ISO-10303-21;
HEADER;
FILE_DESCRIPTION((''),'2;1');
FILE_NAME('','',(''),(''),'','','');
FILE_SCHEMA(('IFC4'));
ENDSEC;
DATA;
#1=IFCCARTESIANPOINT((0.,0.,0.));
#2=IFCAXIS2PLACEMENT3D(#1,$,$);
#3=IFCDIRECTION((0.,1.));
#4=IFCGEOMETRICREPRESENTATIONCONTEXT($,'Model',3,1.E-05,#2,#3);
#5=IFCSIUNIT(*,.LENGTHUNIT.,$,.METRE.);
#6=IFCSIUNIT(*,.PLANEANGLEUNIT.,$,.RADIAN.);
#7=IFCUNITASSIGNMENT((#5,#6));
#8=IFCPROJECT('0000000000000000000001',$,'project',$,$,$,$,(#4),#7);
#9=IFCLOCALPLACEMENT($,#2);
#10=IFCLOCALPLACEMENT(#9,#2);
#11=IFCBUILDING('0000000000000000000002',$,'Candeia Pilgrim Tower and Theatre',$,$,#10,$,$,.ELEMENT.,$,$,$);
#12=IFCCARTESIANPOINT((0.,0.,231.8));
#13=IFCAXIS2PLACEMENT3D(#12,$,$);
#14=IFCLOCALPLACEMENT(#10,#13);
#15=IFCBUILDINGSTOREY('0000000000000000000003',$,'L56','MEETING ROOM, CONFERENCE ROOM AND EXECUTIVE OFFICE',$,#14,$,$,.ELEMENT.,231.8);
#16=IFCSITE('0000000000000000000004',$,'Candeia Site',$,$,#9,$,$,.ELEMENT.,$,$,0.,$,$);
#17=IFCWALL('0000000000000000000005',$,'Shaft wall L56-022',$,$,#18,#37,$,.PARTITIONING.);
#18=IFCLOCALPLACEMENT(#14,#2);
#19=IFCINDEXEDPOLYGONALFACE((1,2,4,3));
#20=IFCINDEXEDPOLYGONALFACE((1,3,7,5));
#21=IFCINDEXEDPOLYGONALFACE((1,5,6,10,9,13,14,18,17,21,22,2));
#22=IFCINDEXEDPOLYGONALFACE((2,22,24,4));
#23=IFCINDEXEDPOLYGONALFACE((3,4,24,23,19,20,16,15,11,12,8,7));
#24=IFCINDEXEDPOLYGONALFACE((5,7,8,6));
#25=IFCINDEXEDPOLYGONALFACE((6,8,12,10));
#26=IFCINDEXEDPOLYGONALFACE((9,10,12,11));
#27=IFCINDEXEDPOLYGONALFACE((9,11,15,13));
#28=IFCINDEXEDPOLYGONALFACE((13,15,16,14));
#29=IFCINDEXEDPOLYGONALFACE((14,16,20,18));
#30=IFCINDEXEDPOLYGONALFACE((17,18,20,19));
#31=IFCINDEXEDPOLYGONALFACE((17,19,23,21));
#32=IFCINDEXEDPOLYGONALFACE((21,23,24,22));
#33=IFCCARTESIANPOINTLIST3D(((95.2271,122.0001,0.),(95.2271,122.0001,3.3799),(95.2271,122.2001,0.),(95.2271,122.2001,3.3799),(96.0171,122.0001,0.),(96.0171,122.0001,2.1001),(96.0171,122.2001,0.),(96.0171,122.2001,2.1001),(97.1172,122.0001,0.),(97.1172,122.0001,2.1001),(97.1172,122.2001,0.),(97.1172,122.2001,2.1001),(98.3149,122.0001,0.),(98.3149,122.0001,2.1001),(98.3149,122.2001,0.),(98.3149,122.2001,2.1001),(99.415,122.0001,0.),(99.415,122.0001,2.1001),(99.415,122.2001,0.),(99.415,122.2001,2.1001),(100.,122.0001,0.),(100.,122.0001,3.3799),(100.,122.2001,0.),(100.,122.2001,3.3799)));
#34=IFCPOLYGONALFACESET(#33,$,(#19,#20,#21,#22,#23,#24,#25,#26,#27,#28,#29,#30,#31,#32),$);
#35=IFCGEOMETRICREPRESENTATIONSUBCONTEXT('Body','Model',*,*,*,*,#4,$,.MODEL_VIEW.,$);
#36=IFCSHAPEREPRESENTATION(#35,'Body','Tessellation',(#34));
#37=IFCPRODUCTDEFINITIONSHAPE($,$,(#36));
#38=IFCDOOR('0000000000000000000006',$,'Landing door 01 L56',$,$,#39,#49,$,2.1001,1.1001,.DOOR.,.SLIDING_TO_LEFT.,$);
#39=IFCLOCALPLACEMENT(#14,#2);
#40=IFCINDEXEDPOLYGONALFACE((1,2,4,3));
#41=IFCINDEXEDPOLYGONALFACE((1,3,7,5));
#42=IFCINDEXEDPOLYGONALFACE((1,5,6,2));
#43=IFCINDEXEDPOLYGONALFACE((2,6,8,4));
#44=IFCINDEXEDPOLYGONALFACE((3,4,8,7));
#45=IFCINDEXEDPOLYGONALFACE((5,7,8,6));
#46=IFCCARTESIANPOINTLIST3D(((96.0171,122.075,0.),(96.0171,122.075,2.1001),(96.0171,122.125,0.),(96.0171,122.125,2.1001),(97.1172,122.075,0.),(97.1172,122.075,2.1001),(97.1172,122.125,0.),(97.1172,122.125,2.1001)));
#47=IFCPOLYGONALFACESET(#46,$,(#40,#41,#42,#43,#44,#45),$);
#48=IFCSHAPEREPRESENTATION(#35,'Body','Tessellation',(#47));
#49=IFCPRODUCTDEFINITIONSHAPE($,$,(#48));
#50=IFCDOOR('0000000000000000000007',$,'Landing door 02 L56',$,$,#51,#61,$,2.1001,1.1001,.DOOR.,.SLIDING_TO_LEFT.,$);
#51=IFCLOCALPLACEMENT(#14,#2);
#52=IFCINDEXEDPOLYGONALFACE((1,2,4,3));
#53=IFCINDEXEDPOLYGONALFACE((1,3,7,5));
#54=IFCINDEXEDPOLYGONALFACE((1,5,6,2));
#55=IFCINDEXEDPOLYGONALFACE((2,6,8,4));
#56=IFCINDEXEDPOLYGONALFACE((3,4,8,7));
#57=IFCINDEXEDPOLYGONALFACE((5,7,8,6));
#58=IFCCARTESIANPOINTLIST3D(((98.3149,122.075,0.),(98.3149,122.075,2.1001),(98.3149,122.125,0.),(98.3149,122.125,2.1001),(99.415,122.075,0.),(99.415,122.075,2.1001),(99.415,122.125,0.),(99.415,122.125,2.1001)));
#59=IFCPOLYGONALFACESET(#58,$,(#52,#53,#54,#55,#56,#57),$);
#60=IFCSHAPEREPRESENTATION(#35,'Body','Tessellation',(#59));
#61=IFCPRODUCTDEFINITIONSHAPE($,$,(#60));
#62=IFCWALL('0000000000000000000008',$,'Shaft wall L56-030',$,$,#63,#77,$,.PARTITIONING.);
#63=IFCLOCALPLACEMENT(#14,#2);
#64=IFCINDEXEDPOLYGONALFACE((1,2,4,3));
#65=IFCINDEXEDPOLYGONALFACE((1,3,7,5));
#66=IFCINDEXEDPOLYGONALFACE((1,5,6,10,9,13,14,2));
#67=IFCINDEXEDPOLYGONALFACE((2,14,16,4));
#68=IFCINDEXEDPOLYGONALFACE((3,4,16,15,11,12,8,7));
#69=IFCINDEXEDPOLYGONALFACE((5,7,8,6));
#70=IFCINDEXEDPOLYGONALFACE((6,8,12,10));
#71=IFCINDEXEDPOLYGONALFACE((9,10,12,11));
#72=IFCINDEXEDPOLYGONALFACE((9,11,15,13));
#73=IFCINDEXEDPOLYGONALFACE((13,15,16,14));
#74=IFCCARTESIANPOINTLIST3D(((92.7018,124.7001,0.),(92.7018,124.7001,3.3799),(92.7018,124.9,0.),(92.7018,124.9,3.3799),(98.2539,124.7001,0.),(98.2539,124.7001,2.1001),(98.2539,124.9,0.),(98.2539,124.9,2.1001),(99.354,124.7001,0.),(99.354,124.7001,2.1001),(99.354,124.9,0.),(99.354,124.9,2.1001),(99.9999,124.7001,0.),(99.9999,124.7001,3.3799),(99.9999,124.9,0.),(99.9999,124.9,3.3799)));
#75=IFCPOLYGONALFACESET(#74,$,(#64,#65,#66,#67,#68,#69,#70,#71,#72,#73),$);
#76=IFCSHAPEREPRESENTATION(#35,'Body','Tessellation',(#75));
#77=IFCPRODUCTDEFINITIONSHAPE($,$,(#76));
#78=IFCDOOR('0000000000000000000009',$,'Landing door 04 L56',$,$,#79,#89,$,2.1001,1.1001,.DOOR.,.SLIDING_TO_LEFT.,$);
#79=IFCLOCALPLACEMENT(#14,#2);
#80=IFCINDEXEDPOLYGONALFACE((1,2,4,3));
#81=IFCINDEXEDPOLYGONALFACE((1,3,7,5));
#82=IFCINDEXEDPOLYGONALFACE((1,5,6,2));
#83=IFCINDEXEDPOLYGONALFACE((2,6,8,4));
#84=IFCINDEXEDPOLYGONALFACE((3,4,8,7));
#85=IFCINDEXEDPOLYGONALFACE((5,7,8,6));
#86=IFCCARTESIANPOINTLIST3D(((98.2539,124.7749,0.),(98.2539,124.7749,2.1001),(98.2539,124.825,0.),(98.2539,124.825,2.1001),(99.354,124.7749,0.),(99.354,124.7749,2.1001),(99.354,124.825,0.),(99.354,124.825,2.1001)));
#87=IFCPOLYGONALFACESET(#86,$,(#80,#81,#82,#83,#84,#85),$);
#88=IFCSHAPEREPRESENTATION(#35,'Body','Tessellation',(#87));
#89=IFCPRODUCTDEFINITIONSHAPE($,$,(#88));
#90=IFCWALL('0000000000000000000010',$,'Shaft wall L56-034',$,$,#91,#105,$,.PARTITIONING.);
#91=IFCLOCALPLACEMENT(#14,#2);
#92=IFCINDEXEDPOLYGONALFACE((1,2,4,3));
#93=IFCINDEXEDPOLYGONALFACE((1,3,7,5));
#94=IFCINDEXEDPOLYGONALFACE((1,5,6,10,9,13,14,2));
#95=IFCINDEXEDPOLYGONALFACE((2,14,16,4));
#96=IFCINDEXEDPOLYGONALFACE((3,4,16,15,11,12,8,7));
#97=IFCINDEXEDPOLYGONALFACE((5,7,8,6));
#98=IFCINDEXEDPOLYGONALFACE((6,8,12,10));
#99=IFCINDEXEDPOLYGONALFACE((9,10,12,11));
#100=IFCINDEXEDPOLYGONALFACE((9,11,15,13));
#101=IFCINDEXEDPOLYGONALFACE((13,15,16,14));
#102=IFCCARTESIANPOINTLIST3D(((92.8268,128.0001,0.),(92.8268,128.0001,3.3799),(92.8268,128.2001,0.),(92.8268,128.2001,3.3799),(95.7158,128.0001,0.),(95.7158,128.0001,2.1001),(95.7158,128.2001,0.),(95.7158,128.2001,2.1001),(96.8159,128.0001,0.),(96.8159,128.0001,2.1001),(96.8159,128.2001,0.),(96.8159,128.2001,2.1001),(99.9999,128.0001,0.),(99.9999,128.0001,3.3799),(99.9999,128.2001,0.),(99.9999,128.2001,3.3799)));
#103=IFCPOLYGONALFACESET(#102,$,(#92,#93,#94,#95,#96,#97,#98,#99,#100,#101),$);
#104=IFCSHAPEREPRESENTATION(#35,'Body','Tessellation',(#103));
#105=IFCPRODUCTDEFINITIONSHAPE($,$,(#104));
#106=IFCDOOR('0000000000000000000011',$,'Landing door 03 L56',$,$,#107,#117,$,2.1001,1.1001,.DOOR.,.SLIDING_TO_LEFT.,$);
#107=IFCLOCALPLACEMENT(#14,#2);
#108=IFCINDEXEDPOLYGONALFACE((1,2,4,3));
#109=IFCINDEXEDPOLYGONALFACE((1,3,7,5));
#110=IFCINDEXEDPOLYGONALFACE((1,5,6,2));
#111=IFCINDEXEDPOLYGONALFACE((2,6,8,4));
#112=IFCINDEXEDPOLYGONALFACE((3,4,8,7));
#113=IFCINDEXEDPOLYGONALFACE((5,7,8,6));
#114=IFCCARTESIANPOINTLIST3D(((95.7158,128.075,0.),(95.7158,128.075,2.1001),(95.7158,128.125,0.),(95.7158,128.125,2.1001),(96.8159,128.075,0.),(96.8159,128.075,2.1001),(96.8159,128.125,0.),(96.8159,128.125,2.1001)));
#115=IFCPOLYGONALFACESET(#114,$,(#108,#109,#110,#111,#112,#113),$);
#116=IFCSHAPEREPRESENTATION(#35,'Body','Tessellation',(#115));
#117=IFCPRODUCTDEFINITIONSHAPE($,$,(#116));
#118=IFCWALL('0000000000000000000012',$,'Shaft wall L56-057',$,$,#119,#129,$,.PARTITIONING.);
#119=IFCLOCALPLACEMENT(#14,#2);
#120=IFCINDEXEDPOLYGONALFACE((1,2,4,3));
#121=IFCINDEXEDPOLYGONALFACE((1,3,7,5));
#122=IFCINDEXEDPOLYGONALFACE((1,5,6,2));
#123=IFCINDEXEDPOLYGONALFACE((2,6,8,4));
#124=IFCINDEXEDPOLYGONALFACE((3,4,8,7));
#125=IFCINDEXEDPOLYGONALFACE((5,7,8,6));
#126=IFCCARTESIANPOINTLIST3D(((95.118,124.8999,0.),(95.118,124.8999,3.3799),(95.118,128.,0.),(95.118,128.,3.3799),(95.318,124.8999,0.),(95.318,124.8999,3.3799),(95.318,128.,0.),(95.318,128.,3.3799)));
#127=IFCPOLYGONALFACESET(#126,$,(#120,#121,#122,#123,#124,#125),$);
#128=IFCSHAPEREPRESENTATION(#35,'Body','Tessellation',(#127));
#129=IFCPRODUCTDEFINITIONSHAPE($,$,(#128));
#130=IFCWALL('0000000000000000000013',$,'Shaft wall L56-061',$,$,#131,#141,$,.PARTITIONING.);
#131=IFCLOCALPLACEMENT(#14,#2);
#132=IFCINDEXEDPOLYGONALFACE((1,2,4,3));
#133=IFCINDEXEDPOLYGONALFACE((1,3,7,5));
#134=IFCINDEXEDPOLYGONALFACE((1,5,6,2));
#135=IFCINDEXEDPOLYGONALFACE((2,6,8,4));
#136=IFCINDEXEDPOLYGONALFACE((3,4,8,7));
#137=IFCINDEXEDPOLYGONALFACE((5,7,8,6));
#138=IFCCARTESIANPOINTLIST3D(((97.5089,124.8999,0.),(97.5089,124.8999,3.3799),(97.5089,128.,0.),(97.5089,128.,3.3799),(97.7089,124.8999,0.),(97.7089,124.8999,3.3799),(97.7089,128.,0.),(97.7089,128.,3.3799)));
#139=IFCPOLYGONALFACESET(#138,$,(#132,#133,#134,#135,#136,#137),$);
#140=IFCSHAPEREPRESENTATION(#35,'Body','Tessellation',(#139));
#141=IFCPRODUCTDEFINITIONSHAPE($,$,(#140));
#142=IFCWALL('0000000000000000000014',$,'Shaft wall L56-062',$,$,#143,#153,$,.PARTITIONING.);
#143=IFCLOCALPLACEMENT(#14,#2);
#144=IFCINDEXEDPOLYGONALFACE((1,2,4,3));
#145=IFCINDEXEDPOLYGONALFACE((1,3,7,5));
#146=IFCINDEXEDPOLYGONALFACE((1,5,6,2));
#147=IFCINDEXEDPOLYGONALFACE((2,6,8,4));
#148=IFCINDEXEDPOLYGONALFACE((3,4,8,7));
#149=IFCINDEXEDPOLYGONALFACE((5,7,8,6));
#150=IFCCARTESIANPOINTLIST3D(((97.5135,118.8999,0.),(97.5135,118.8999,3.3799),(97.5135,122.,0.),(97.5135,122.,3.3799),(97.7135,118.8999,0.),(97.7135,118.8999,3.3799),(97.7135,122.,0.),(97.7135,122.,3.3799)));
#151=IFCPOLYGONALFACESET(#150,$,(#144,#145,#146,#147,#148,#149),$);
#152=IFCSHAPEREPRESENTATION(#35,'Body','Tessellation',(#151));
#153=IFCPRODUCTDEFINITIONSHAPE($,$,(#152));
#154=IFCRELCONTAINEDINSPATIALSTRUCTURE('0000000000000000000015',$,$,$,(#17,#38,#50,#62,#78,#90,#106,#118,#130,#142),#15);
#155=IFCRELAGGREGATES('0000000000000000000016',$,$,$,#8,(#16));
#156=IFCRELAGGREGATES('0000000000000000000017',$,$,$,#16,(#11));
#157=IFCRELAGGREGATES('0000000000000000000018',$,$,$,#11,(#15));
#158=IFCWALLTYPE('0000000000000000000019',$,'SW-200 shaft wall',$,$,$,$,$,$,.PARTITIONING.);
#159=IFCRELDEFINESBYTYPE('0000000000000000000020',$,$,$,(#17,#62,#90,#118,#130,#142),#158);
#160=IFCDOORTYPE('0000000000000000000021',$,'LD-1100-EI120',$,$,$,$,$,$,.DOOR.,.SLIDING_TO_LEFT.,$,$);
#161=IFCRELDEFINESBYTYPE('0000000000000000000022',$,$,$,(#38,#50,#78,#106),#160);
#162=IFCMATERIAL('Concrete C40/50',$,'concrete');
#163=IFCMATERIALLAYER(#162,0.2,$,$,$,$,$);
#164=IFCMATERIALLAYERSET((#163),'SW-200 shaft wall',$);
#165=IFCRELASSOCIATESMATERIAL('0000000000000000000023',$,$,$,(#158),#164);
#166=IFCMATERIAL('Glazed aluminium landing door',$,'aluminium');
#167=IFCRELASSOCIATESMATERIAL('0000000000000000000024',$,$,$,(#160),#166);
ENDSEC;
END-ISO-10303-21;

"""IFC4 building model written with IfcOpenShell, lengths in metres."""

from ifc_helpers import new_model, si_unit, direction, frame, frame_2d, origin, place, context, subcontext, project, spatial, rectangle, extrude, material, layer, layer_set, type_object, element, fill, save


model = new_model("IFC4")

# Units and contexts
model_context = context("Model", 3, precision=1e-05, world=origin(), true_north=direction((0.0, 1.0)))
body_context = subcontext(model_context, "Body", "Model", "MODEL_VIEW")
ifc_project = project(units=[si_unit("LENGTHUNIT", "METRE"), si_unit("PLANEANGLEUNIT", "RADIAN")], contexts=[model_context])

# Site, building, storey
site_placement = place(None, origin())
site = spatial("IfcSite", under=ifc_project, at=site_placement, Name="Candeia Site", CompositionType="ELEMENT", RefElevation=0.0)
building_placement = place(site_placement, origin())
building = spatial("IfcBuilding", under=site, at=building_placement, Name="Candeia Pilgrim Tower and Theatre", CompositionType="ELEMENT")
storey_placement = place(building_placement, frame((0.0, 0.0, 231.8)))
storey = spatial("IfcBuildingStorey", under=building, at=storey_placement, Name="L56", Description="MEETING ROOM, CONFERENCE ROOM AND EXECUTIVE OFFICE", CompositionType="ELEMENT", Elevation=231.8)

# Shared definitions
ifc_material_1 = material(Name="Concrete C40/50", Category="concrete")
ifc_layer_1 = layer(ifc_material_1, 0.2)
ifc_layer_set_1 = layer_set([ifc_layer_1], Name="SW-200 shaft wall")
wall_type_1 = type_object("IfcWallType", Name="SW-200 shaft wall", PredefinedType="PARTITIONING", material=ifc_layer_set_1)

# Wall, openings, doors
wall_1_placement = place(storey_placement, frame((95.2271, 122.1001, 0.0), z_axis=(0.0, 0.0, 1.0), x_axis=(1.0, 0.0, 0.0)))
wall_1 = element("IfcWall", 1, at=wall_1_placement, inside=storey, type_object=wall_type_1, Name="Shaft wall L56-022", PredefinedType="PARTITIONING", context=body_context, shape_type="SweptSolid", body=[
    extrude(rectangle(XDim=4.7729, YDim=0.2, at=frame_2d((2.3865, 0.0))), origin(), (0.0, 0.0, 1.0), 3.3799),
])
opening_1_placement = place(wall_1_placement, frame((0.79, 0.0, 0.0)))
opening_1 = element("IfcOpeningElement", 2, at=opening_1_placement, cuts=wall_1, PredefinedType="OPENING", context=body_context, shape_type="SweptSolid", body=[
    extrude(rectangle(XDim=1.1001, YDim=2.1001, at=frame_2d((0.55, 1.05))), frame((0.0, 0.1099, 0.0), z_axis=(0.0, -1.0, 0.0), x_axis=(1.0, 0.0, 0.0)), (0.0, 0.0, 1.0), 0.22),
])
opening_2_placement = place(wall_1_placement, frame((3.0879, 0.0, 0.0)))
opening_2 = element("IfcOpeningElement", 3, at=opening_2_placement, cuts=wall_1, PredefinedType="OPENING", context=body_context, shape_type="SweptSolid", body=[
    extrude(rectangle(XDim=1.1001, YDim=2.1001, at=frame_2d((0.55, 1.05))), frame((0.0, 0.1099, 0.0), z_axis=(0.0, -1.0, 0.0), x_axis=(1.0, 0.0, 0.0)), (0.0, 0.0, 1.0), 0.22),
])
ifc_material_2 = material(Name="Glazed aluminium landing door", Category="aluminium")
door_type_1 = type_object("IfcDoorType", Name="LD-1100-EI120", OperationType="SLIDING_TO_LEFT", PredefinedType="DOOR", material=ifc_material_2)
door_1_placement = place(opening_1_placement, origin())
door_1 = element("IfcDoor", 4, at=door_1_placement, inside=storey, type_object=door_type_1, Name="Landing door 01 L56", OperationType="SLIDING_TO_LEFT", OverallHeight=2.1001, OverallWidth=1.1001, PredefinedType="DOOR", context=body_context, shape_type="SweptSolid", body=[
    extrude(rectangle(XDim=1.1001, YDim=2.1001, at=frame_2d((0.55, 1.05))), frame((0.0, 0.0249, 0.0), z_axis=(0.0, -1.0, 0.0), x_axis=(1.0, 0.0, 0.0)), (0.0, 0.0, 1.0), 0.05),
])
fill(opening_1, door_1)
door_2_placement = place(opening_2_placement, origin())
door_2 = element("IfcDoor", 5, at=door_2_placement, inside=storey, type_object=door_type_1, Name="Landing door 02 L56", OperationType="SLIDING_TO_LEFT", OverallHeight=2.1001, OverallWidth=1.1001, PredefinedType="DOOR", context=body_context, shape_type="SweptSolid", body=[
    extrude(rectangle(XDim=1.1001, YDim=2.1001, at=frame_2d((0.55, 1.05))), frame((0.0, 0.0249, 0.0), z_axis=(0.0, -1.0, 0.0), x_axis=(1.0, 0.0, 0.0)), (0.0, 0.0, 1.0), 0.05),
])
fill(opening_2, door_2)

# Walls, openings, doors
wall_2_placement = place(storey_placement, frame((92.7019, 124.8, 0.0), z_axis=(0.0, 0.0, 1.0), x_axis=(1.0, 0.0, 0.0)))
wall_2 = element("IfcWall", 6, at=wall_2_placement, inside=storey, type_object=wall_type_1, Name="Shaft wall L56-030", PredefinedType="PARTITIONING", context=body_context, shape_type="SweptSolid", body=[
    extrude(rectangle(XDim=7.2981, YDim=0.2, at=frame_2d((3.6489, 0.0))), origin(), (0.0, 0.0, 1.0), 3.3799),
])
opening_3_placement = place(wall_2_placement, frame((5.552, 0.0, 0.0)))
opening_3 = element("IfcOpeningElement", 7, at=opening_3_placement, cuts=wall_2, PredefinedType="OPENING", context=body_context, shape_type="SweptSolid", body=[
    extrude(rectangle(XDim=1.1001, YDim=2.1001, at=frame_2d((0.55, 1.05))), frame((0.0, 0.1099, 0.0), z_axis=(0.0, -1.0, 0.0), x_axis=(1.0, 0.0, 0.0)), (0.0, 0.0, 1.0), 0.22),
])
door_3_placement = place(opening_3_placement, origin())
door_3 = element("IfcDoor", 8, at=door_3_placement, inside=storey, type_object=door_type_1, Name="Landing door 04 L56", OperationType="SLIDING_TO_LEFT", OverallHeight=2.1001, OverallWidth=1.1001, PredefinedType="DOOR", context=body_context, shape_type="SweptSolid", body=[
    extrude(rectangle(XDim=1.1001, YDim=2.1001, at=frame_2d((0.55, 1.05))), frame((0.0, 0.0249, 0.0), z_axis=(0.0, -1.0, 0.0), x_axis=(1.0, 0.0, 0.0)), (0.0, 0.0, 1.0), 0.05),
])
fill(opening_3, door_3)
wall_3_placement = place(storey_placement, frame((92.8269, 128.1001, 0.0), z_axis=(0.0, 0.0, 1.0), x_axis=(1.0, 0.0, 0.0)))
wall_3 = element("IfcWall", 9, at=wall_3_placement, inside=storey, type_object=wall_type_1, Name="Shaft wall L56-034", PredefinedType="PARTITIONING", context=body_context, shape_type="SweptSolid", body=[
    extrude(rectangle(XDim=7.1731, YDim=0.2, at=frame_2d((3.5864, 0.0))), origin(), (0.0, 0.0, 1.0), 3.3799),
])
opening_4_placement = place(wall_3_placement, frame((2.8889, 0.0, 0.0)))
opening_4 = element("IfcOpeningElement", 10, at=opening_4_placement, cuts=wall_3, PredefinedType="OPENING", context=body_context, shape_type="SweptSolid", body=[
    extrude(rectangle(XDim=1.1001, YDim=2.1001, at=frame_2d((0.55, 1.05))), frame((0.0, 0.1099, 0.0), z_axis=(0.0, -1.0, 0.0), x_axis=(1.0, 0.0, 0.0)), (0.0, 0.0, 1.0), 0.22),
])
door_4_placement = place(opening_4_placement, origin())
door_4 = element("IfcDoor", 11, at=door_4_placement, inside=storey, type_object=door_type_1, Name="Landing door 03 L56", OperationType="SLIDING_TO_LEFT", OverallHeight=2.1001, OverallWidth=1.1001, PredefinedType="DOOR", context=body_context, shape_type="SweptSolid", body=[
    extrude(rectangle(XDim=1.1001, YDim=2.1001, at=frame_2d((0.55, 1.05))), frame((0.0, 0.0249, 0.0), z_axis=(0.0, -1.0, 0.0), x_axis=(1.0, 0.0, 0.0)), (0.0, 0.0, 1.0), 0.05),
])
fill(opening_4, door_4)

# Walls
for number, where, z_axis, x_axis, name in (
    (12, (95.218, 124.8999, 0.0), (0.0, 0.0, 1.0), (0.0, 1.0, 0.0), "Shaft wall L56-057"),
    (13, (97.6089, 124.8999, 0.0), (0.0, 0.0, 1.0), (0.0, 1.0, 0.0), "Shaft wall L56-061"),
    (14, (97.6135, 118.8999, 0.0), (0.0, 0.0, 1.0), (0.0, 1.0, 0.0), "Shaft wall L56-062"),
):
    element("IfcWall", number, at=place(storey_placement, frame(where, z_axis=z_axis, x_axis=x_axis)), inside=storey, type_object=wall_type_1, Name=name, PredefinedType="PARTITIONING", context=body_context, shape_type="SweptSolid", body=[
        extrude(rectangle(XDim=3.1001, YDim=0.2, at=frame_2d((1.55, 0.0))), origin(), (0.0, 0.0, 1.0), 3.3799),
    ])

save(model, "model.ifc")
